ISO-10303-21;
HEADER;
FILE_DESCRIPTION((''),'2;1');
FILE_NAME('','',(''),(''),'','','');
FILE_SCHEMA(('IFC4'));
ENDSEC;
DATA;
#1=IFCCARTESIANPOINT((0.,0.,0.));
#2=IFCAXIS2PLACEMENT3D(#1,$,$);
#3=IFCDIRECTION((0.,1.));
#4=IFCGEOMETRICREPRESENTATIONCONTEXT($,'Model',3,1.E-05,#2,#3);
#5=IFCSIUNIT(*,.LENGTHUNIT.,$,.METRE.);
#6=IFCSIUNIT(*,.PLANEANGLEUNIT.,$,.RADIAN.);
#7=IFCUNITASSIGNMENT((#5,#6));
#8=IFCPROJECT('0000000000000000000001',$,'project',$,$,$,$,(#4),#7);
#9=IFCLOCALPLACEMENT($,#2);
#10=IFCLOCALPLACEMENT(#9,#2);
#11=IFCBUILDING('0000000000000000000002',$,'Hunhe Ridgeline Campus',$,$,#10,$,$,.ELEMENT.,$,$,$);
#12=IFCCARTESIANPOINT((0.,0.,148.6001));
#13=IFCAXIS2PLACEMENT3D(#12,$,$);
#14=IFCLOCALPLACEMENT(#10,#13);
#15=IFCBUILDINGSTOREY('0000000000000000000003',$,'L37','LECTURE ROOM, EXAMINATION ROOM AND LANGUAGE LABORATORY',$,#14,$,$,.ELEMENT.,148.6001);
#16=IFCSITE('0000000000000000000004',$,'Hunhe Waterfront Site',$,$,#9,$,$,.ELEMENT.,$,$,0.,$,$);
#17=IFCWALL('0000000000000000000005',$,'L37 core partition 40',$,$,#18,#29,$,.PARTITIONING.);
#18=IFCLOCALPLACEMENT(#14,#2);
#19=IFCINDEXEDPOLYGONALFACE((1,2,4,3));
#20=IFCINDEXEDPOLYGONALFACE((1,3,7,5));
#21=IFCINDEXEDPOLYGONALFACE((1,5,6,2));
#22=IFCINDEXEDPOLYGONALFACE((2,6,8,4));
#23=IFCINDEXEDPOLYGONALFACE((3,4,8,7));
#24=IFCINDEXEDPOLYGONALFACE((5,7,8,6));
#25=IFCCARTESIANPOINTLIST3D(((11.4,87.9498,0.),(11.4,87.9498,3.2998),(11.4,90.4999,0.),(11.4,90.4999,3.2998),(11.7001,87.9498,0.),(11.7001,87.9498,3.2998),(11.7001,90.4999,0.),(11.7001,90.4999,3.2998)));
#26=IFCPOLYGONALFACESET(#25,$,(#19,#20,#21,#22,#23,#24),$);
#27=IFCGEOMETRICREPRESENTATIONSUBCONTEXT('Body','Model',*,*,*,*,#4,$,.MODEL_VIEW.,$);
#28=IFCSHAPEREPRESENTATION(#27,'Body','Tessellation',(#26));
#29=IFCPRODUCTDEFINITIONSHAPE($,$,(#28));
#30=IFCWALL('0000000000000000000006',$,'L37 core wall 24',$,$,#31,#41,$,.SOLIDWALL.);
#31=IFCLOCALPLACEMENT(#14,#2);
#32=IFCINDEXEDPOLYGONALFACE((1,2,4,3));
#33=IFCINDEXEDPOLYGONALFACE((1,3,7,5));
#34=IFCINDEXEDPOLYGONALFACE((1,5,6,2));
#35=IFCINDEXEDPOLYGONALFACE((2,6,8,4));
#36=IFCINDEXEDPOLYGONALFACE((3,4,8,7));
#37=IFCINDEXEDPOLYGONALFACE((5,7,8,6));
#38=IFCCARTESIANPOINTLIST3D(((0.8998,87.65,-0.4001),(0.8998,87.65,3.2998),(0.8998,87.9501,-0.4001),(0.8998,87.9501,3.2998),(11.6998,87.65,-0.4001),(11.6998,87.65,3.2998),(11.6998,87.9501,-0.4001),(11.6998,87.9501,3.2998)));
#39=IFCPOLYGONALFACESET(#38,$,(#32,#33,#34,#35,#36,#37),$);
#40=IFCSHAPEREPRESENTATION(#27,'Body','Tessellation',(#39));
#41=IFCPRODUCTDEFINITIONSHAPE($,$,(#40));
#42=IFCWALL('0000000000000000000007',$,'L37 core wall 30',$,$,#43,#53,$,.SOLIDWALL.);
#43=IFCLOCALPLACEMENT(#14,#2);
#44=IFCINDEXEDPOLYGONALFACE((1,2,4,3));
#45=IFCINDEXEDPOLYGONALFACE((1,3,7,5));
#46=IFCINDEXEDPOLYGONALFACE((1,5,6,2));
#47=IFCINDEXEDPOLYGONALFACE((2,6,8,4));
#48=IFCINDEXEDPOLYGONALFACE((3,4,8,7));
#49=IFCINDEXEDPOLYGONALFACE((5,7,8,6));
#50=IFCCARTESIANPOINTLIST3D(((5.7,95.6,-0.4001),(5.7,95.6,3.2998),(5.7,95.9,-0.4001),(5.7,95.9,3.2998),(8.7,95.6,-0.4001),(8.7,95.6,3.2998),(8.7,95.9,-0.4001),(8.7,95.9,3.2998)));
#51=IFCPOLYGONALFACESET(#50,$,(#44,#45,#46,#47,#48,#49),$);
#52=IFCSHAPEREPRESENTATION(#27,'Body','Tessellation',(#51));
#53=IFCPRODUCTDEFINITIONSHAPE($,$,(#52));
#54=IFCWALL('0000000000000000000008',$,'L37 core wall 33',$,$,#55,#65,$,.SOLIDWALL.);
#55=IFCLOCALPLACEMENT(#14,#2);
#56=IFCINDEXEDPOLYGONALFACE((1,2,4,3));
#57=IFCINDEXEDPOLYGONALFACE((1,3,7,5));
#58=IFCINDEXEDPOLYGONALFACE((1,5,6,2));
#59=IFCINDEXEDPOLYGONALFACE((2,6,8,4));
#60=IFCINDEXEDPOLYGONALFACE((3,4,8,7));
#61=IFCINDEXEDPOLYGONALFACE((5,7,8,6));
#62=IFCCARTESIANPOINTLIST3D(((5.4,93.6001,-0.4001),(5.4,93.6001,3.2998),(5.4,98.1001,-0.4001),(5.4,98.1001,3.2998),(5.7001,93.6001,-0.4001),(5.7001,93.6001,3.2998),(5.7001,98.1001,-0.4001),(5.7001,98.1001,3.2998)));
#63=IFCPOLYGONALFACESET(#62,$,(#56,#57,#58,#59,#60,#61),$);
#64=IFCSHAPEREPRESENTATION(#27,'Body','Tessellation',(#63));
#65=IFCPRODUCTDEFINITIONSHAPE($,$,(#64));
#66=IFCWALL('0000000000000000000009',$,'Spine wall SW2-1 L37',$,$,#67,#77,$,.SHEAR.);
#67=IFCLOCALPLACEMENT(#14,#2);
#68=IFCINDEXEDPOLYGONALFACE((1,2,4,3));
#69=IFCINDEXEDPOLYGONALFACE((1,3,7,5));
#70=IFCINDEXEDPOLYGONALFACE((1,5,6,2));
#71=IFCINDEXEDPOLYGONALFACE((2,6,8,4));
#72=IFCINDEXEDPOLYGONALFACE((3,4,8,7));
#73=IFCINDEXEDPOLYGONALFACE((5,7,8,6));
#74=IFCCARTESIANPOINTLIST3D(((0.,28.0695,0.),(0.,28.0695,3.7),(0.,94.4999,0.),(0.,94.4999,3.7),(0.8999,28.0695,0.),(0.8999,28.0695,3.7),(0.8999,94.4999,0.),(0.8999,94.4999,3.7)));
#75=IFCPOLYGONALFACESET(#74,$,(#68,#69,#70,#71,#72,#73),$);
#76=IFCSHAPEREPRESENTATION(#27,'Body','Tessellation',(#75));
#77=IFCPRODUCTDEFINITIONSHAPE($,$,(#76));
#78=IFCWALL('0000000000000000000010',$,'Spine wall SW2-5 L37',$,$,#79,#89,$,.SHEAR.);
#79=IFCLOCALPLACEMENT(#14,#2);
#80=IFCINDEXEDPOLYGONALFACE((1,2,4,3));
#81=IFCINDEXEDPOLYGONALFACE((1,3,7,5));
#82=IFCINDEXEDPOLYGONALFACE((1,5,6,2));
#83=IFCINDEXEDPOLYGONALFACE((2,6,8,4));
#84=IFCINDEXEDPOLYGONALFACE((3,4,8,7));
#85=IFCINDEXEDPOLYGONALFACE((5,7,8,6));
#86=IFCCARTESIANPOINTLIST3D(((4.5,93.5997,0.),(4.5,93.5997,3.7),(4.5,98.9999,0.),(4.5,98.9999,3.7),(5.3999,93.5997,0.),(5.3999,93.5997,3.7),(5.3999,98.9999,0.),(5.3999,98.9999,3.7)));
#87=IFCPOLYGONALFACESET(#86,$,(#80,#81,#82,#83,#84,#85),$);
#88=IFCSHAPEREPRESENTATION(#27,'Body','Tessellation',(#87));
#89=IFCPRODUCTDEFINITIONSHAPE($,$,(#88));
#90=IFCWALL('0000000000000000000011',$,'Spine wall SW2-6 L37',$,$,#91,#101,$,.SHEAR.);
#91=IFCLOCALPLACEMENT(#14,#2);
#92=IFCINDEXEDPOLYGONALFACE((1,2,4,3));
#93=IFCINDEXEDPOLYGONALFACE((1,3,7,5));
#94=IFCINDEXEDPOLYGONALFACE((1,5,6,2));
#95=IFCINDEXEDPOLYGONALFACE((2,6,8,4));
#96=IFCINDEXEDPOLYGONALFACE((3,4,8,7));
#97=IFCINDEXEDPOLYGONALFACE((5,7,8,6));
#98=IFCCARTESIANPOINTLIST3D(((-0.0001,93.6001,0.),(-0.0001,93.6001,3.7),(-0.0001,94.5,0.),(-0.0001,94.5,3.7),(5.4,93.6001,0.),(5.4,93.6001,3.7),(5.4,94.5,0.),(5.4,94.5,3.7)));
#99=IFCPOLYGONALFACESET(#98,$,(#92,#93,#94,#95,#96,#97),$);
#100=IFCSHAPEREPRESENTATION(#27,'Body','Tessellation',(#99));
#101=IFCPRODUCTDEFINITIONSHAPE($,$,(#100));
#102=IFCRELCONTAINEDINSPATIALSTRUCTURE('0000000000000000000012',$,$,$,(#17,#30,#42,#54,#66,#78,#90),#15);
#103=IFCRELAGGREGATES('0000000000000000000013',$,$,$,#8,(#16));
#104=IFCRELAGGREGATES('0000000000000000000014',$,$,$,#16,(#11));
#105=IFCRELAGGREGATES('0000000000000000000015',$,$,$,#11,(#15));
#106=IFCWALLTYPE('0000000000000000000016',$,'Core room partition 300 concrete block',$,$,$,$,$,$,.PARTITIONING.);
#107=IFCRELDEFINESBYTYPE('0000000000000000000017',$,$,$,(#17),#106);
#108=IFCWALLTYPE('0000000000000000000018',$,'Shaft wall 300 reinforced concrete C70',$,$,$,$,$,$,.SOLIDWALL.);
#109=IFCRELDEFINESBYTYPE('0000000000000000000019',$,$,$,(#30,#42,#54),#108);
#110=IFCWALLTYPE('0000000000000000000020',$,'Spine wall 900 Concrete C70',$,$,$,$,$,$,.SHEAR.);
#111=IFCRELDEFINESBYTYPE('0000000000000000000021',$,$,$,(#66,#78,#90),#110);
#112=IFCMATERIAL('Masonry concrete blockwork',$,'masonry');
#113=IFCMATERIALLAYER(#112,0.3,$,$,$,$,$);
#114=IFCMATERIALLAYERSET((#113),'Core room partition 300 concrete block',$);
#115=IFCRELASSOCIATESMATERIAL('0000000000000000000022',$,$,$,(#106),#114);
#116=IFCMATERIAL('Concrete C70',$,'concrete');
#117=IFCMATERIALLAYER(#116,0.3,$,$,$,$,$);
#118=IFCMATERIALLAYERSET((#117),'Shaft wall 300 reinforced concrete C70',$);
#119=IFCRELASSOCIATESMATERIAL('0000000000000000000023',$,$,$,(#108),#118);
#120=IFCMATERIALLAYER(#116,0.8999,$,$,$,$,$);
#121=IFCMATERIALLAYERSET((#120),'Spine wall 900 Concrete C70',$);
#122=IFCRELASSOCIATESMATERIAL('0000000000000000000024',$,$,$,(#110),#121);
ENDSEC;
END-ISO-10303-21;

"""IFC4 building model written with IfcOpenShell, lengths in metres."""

from ifc_helpers import new_model, si_unit, direction, frame, frame_2d, origin, place, context, subcontext, project, spatial, rectangle, extrude, material, layer, layer_set, type_object, element, save


model = new_model("IFC4")

# Units and contexts
model_context = context("Model", 3, precision=1e-05, world=origin(), true_north=direction((0.0, 1.0)))
body_context = subcontext(model_context, "Body", "Model", "MODEL_VIEW")
ifc_project = project(units=[si_unit("LENGTHUNIT", "METRE"), si_unit("PLANEANGLEUNIT", "RADIAN")], contexts=[model_context])

# Site, building, storey
site_placement = place(None, origin())
site = spatial("IfcSite", under=ifc_project, at=site_placement, Name="Hunhe Waterfront Site", CompositionType="ELEMENT", RefElevation=0.0)
building_placement = place(site_placement, origin())
building = spatial("IfcBuilding", under=site, at=building_placement, Name="Hunhe Ridgeline Campus", CompositionType="ELEMENT")
storey_placement = place(building_placement, frame((0.0, 0.0, 148.6001)))
storey = spatial("IfcBuildingStorey", under=building, at=storey_placement, Name="L37", Description="LECTURE ROOM, EXAMINATION ROOM AND LANGUAGE LABORATORY", CompositionType="ELEMENT", Elevation=148.6001)

# Wall
ifc_material_1 = material(Name="Masonry concrete blockwork", Category="masonry")
ifc_layer_1 = layer(ifc_material_1, 0.3)
ifc_layer_set_1 = layer_set([ifc_layer_1], Name="Core room partition 300 concrete block")
wall_type_1 = type_object("IfcWallType", Name="Core room partition 300 concrete block", PredefinedType="PARTITIONING", material=ifc_layer_set_1)
wall_1_placement = place(storey_placement, frame((11.55, 87.95, 0.0), z_axis=(0.0, 0.0, 1.0), x_axis=(0.0, 1.0, 0.0)))
element("IfcWall", 1, at=wall_1_placement, inside=storey, type_object=wall_type_1, Name="L37 core partition 40", PredefinedType="PARTITIONING", context=body_context, shape_type="SweptSolid", body=[
    extrude(rectangle(XDim=2.55, YDim=0.3, at=frame_2d((1.2749, 0.0))), origin(), (0.0, 0.0, 1.0), 3.2998),
])

# Shared definitions
ifc_material_2 = material(Name="Concrete C70", Category="concrete")

# Wall
ifc_layer_2 = layer(ifc_material_2, 0.3)
ifc_layer_set_2 = layer_set([ifc_layer_2], Name="Shaft wall 300 reinforced concrete C70")
wall_type_2 = type_object("IfcWallType", Name="Shaft wall 300 reinforced concrete C70", PredefinedType="SOLIDWALL", material=ifc_layer_set_2)
wall_2_placement = place(storey_placement, frame((0.8999, 87.8, -0.4001), z_axis=(0.0, 0.0, 1.0), x_axis=(1.0, 0.0, 0.0)))
element("IfcWall", 2, at=wall_2_placement, inside=storey, type_object=wall_type_2, Name="L37 core wall 24", PredefinedType="SOLIDWALL", context=body_context, shape_type="SweptSolid", body=[
    extrude(rectangle(XDim=10.8, YDim=0.3, at=frame_2d((5.3999, 0.0))), origin(), (0.0, 0.0, 1.0), 3.7),
])

# Walls
wall_3_placement = place(storey_placement, frame((5.7, 95.75, -0.4001), z_axis=(0.0, 0.0, 1.0), x_axis=(1.0, 0.0, 0.0)))
element("IfcWall", 3, at=wall_3_placement, inside=storey, type_object=wall_type_2, Name="L37 core wall 30", PredefinedType="SOLIDWALL", context=body_context, shape_type="SweptSolid", body=[
    extrude(rectangle(XDim=3.0, YDim=0.3, at=frame_2d((1.5, 0.0))), origin(), (0.0, 0.0, 1.0), 3.7),
])
wall_4_placement = place(storey_placement, frame((5.55, 93.6001, -0.4001), z_axis=(0.0, 0.0, 1.0), x_axis=(0.0, 1.0, 0.0)))
element("IfcWall", 4, at=wall_4_placement, inside=storey, type_object=wall_type_2, Name="L37 core wall 33", PredefinedType="SOLIDWALL", context=body_context, shape_type="SweptSolid", body=[
    extrude(rectangle(XDim=4.5, YDim=0.3, at=frame_2d((2.25, 0.0))), origin(), (0.0, 0.0, 1.0), 3.7),
])

# Walls
ifc_layer_3 = layer(ifc_material_2, 0.8999)
ifc_layer_set_3 = layer_set([ifc_layer_3], Name="Spine wall 900 Concrete C70")
wall_type_3 = type_object("IfcWallType", Name="Spine wall 900 Concrete C70", PredefinedType="SHEAR", material=ifc_layer_set_3)
wall_5_placement = place(storey_placement, frame((0.45, 94.5, 0.0), z_axis=(0.0, 0.0, 1.0), x_axis=(0.0, -1.0, 0.0)))
element("IfcWall", 5, at=wall_5_placement, inside=storey, type_object=wall_type_3, Name="Spine wall SW2-1 L37", PredefinedType="SHEAR", context=body_context, shape_type="SweptSolid", body=[
    extrude(rectangle(XDim=66.4304, YDim=0.8999, at=frame_2d((33.2153, 0.0))), origin(), (0.0, 0.0, 1.0), 3.7),
])
for number, where, z_axis, x_axis, name in (
    (6, (4.95, 99.0, 0.0), (0.0, 0.0, 1.0), (0.0, -1.0, 0.0), "Spine wall SW2-5 L37"),
    (7, (5.4001, 94.05, 0.0), (0.0, 0.0, 1.0), (-1.0, 0.0, 0.0), "Spine wall SW2-6 L37"),
):
    element("IfcWall", number, at=place(storey_placement, frame(where, z_axis=z_axis, x_axis=x_axis)), inside=storey, type_object=wall_type_3, Name=name, PredefinedType="SHEAR", context=body_context, shape_type="SweptSolid", body=[
        extrude(rectangle(XDim=5.4001, YDim=0.8999, at=frame_2d((2.7002, 0.0))), origin(), (0.0, 0.0, 1.0), 3.7),
    ])

save(model, "model.ifc")
